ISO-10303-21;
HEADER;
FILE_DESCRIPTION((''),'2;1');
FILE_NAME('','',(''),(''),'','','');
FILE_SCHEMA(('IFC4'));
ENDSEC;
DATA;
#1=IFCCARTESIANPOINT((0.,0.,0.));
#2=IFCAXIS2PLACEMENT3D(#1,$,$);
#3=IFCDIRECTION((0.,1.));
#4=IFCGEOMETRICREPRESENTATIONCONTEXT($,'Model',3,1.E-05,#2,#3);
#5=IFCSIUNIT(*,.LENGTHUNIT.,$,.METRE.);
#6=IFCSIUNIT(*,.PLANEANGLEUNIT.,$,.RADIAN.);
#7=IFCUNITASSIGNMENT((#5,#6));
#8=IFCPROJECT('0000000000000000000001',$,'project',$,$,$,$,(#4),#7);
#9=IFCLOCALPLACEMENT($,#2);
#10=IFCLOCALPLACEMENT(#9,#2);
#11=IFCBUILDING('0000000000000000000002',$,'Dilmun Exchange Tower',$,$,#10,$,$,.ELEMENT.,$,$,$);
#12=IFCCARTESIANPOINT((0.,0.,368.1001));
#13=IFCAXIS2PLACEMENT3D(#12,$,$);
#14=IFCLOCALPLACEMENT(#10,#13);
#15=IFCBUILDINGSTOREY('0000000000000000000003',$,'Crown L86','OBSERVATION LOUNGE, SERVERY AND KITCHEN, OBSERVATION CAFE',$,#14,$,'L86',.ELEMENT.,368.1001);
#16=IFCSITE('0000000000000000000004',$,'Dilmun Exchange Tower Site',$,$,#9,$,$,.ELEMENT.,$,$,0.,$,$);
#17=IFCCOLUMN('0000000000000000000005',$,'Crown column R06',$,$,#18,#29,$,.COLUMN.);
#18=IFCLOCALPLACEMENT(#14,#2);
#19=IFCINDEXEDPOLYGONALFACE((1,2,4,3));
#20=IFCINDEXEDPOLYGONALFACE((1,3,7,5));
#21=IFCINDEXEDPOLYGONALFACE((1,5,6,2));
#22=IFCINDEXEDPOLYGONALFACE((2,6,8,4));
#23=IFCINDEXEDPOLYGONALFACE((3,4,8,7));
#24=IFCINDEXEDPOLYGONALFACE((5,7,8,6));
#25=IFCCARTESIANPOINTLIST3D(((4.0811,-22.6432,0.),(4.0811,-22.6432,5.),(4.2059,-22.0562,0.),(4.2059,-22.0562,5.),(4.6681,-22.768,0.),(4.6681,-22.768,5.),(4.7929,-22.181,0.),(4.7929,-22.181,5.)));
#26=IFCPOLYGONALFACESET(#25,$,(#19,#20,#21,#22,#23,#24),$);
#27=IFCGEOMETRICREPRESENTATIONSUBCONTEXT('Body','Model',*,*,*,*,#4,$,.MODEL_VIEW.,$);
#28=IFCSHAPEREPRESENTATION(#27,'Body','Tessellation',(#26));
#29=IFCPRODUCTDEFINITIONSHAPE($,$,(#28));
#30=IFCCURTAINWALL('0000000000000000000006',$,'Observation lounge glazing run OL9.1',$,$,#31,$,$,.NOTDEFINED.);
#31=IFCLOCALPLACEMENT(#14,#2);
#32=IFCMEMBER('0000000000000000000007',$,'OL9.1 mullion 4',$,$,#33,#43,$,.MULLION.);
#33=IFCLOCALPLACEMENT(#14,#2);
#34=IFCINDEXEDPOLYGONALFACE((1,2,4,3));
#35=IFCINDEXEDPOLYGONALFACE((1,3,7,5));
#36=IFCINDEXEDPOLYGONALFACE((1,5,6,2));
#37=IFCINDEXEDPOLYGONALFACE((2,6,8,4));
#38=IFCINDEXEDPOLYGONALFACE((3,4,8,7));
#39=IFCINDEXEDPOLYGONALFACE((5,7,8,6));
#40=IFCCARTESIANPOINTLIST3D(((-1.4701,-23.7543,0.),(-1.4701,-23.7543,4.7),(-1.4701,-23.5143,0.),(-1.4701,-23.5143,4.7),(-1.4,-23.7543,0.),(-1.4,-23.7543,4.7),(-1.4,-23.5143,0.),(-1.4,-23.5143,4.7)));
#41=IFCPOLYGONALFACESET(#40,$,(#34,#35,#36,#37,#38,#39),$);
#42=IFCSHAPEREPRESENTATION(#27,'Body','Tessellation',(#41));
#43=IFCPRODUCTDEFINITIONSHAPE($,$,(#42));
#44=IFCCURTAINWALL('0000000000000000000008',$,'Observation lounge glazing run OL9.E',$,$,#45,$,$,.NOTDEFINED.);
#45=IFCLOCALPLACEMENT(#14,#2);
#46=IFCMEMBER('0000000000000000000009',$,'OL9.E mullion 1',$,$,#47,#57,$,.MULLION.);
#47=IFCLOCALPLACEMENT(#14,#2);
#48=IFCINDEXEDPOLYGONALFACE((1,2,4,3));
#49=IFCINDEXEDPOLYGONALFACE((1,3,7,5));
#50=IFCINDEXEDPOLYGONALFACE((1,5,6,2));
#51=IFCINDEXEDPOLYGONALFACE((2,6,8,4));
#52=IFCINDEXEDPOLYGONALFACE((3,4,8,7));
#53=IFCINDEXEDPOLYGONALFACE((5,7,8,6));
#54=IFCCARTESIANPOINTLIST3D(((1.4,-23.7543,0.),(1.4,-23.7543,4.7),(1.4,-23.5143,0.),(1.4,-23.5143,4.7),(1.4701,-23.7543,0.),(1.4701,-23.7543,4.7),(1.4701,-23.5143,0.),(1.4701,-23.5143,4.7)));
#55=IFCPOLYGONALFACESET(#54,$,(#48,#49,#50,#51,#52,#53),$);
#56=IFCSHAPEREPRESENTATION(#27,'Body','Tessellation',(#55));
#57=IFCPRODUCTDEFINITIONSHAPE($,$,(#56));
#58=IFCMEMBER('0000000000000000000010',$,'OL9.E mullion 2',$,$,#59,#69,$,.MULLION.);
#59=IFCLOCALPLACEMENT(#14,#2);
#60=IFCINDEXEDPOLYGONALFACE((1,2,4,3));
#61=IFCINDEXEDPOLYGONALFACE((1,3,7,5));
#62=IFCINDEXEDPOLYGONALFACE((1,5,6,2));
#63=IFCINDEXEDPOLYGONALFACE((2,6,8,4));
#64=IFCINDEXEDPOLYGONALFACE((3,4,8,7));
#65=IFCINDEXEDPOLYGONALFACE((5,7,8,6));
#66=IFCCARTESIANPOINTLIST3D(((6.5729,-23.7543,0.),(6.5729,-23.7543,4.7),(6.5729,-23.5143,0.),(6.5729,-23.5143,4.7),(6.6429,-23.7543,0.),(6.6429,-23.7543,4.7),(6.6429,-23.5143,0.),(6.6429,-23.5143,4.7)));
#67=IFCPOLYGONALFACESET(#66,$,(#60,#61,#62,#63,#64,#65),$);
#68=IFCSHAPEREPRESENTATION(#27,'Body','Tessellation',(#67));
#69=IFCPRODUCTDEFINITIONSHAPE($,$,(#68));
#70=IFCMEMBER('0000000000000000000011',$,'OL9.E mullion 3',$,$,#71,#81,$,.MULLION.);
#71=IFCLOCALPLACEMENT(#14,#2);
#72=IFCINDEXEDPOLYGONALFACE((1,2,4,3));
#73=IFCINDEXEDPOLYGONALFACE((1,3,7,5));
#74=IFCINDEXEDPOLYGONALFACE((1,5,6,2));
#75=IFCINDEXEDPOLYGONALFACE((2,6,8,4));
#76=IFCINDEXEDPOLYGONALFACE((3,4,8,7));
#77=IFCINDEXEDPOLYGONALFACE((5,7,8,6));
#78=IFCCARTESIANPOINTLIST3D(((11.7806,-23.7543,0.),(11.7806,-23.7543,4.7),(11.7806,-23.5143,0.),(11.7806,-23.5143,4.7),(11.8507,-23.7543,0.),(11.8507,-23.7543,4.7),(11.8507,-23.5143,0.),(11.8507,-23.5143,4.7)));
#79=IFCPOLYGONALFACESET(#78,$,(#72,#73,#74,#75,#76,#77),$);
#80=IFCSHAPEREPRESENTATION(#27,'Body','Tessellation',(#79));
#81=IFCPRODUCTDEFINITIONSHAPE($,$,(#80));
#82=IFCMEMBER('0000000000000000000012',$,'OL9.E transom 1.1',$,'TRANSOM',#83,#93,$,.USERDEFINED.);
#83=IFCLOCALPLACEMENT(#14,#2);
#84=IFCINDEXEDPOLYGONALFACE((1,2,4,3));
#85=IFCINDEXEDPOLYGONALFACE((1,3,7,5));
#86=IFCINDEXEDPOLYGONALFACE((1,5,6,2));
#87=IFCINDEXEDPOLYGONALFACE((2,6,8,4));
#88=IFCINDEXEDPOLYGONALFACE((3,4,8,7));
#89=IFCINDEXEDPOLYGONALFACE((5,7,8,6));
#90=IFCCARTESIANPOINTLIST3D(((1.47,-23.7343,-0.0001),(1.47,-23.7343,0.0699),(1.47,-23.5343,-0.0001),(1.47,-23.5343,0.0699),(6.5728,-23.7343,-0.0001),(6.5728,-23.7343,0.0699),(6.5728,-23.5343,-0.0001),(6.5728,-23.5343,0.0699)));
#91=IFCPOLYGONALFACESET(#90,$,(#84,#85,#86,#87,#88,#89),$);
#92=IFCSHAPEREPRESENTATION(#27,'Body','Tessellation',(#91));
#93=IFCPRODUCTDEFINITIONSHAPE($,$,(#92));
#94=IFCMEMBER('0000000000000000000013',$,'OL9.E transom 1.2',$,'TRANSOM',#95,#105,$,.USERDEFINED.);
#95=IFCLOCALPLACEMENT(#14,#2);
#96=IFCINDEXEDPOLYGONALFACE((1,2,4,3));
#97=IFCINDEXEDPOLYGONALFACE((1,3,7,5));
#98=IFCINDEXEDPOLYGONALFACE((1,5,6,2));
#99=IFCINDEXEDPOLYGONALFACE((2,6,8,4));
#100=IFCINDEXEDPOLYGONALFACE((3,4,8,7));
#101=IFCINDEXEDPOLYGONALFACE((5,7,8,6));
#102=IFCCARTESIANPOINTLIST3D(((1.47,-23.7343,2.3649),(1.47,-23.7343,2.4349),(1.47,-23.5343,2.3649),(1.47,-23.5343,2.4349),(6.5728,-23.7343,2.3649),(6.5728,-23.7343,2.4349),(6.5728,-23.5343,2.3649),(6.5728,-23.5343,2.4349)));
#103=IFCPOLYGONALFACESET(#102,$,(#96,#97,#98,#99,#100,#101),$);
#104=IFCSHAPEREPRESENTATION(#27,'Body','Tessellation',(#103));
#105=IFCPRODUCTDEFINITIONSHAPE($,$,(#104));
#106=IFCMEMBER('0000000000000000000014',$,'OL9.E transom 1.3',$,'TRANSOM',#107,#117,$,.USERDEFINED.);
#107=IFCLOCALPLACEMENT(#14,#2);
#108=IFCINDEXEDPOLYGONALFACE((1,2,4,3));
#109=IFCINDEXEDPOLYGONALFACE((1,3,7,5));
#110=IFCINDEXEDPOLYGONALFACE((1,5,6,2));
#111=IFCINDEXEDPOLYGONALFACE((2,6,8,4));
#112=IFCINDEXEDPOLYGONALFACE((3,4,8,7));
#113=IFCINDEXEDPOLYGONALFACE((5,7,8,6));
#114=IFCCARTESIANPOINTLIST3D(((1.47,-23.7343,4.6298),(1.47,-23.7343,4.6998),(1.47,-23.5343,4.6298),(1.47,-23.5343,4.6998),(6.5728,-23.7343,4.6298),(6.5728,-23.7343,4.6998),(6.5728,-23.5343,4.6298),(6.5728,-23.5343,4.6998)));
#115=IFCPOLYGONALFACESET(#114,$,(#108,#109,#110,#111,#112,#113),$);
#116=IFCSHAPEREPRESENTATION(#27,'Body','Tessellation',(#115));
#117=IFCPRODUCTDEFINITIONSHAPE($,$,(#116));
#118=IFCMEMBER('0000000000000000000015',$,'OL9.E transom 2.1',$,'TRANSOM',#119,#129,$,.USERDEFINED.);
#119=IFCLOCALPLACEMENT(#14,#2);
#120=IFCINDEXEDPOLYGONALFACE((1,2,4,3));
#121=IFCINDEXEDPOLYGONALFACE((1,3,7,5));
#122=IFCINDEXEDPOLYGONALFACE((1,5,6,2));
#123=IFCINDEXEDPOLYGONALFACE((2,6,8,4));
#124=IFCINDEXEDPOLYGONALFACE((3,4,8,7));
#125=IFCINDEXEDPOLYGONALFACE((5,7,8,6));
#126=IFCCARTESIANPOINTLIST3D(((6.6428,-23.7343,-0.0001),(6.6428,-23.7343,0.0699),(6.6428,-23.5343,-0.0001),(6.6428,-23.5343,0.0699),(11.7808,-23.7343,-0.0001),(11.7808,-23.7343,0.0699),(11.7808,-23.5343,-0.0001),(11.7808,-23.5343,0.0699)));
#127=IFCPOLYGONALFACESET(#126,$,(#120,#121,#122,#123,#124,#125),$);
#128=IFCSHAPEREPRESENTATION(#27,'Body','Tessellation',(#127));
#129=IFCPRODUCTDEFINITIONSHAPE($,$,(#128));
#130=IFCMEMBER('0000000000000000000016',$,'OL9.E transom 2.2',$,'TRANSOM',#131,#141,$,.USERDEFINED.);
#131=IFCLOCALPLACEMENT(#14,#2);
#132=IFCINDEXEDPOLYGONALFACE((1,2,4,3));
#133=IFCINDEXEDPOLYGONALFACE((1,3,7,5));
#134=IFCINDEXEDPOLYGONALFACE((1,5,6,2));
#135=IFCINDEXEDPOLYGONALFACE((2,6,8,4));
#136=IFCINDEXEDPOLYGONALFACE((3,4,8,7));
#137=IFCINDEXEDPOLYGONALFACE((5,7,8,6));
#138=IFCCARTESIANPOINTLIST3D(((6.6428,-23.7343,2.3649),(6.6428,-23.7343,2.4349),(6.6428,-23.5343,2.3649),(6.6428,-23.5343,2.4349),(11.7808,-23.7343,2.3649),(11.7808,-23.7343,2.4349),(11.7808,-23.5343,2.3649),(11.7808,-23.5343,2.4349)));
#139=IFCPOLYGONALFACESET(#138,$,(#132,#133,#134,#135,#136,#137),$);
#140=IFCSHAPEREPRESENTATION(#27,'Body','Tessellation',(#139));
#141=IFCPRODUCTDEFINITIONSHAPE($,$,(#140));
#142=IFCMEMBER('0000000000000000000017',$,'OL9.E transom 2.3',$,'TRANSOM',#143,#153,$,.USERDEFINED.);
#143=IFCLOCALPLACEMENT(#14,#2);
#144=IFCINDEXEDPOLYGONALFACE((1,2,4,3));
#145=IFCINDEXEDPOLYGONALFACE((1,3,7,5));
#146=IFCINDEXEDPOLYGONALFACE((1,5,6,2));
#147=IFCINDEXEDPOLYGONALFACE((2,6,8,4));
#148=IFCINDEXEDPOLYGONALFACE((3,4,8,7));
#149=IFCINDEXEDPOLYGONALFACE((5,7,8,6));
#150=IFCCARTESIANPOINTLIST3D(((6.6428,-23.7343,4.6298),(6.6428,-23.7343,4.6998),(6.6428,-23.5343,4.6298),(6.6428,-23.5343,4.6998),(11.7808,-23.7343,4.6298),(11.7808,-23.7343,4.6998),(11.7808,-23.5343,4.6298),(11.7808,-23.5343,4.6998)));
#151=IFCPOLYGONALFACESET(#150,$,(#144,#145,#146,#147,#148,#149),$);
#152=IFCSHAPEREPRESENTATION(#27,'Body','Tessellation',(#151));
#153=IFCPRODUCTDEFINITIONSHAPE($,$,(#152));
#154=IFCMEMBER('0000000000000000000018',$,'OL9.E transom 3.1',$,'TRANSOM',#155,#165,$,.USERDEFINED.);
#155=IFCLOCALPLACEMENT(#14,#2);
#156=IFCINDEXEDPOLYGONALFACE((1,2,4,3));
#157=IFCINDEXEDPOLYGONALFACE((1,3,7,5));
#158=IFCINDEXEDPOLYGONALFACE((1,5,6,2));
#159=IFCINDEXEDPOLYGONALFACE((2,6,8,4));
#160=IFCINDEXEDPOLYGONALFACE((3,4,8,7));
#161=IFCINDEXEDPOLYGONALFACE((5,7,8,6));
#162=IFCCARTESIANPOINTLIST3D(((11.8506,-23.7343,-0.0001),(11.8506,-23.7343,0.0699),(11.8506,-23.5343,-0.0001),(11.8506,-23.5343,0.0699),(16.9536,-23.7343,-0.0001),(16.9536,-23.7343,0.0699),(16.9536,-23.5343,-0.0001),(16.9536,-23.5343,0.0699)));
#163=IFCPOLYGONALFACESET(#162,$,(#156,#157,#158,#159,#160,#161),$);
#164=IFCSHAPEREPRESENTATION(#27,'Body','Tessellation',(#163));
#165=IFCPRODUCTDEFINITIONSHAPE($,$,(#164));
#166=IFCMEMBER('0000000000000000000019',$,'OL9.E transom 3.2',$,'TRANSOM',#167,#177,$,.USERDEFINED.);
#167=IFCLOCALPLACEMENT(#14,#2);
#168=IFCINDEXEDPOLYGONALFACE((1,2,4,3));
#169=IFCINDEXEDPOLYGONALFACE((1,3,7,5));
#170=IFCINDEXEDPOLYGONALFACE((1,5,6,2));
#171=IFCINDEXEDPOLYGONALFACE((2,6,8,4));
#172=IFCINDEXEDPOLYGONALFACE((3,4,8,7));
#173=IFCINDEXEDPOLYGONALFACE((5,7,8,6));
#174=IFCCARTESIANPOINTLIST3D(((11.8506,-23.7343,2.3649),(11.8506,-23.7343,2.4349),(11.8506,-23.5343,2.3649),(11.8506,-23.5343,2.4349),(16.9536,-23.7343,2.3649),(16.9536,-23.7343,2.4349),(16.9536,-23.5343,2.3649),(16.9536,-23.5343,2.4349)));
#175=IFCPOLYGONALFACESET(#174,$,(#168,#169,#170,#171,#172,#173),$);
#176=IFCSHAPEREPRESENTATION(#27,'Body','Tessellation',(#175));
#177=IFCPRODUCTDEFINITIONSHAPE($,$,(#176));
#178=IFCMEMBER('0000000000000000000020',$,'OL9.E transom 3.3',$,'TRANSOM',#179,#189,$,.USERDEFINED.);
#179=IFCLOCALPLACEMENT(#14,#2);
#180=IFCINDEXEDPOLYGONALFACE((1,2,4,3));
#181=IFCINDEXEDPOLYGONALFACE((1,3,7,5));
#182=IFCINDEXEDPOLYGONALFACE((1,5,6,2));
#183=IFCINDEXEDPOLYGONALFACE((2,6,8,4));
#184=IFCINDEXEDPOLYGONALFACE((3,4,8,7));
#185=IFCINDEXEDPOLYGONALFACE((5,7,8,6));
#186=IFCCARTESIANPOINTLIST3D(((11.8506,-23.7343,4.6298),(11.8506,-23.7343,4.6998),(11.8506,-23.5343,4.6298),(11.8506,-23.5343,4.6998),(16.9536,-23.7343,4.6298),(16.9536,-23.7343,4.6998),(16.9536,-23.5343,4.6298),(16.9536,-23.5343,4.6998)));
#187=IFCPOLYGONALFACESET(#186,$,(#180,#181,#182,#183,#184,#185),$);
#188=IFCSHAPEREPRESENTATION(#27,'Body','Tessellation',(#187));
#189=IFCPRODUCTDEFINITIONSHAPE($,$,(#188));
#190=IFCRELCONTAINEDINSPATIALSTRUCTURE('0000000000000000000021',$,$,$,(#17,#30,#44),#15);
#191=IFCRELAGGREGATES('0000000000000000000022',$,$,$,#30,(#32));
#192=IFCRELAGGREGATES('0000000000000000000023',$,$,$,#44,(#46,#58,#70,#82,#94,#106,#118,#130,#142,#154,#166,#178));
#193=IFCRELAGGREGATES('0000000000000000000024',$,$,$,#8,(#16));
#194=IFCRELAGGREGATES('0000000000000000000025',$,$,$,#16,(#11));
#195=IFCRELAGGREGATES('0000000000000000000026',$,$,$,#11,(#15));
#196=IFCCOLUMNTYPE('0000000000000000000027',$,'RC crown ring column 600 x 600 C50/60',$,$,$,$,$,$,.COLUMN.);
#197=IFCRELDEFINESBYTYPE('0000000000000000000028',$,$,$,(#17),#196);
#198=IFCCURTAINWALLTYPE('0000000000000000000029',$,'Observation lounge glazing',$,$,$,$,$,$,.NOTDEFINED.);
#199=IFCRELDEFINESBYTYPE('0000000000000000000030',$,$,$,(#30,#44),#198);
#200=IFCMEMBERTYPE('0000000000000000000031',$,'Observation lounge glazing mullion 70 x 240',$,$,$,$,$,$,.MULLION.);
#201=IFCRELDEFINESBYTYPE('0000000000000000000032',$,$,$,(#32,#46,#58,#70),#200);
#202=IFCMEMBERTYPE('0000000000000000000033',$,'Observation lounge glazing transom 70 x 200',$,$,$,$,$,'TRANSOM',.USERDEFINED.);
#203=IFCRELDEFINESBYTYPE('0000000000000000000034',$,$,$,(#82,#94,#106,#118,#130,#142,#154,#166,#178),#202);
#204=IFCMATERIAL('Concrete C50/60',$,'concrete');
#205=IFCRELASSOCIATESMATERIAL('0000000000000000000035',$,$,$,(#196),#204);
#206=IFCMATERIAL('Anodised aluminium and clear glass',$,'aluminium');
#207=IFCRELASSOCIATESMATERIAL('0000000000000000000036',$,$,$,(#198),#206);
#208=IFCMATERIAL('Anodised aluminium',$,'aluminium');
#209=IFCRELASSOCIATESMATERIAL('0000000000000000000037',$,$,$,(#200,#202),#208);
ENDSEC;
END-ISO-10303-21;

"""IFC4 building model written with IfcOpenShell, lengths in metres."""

from ifc_helpers import new_model, si_unit, direction, frame, origin, origin_2d, place, context, subcontext, project, spatial, rectangle, extrude, material, material_profile, profile_set, type_object, element, aggregate, save


model = new_model("IFC4")

# Units and contexts
model_context = context("Model", 3, precision=1e-05, world=origin(), true_north=direction((0.0, 1.0)))
body_context = subcontext(model_context, "Body", "Model", "MODEL_VIEW")
ifc_project = project(units=[si_unit("LENGTHUNIT", "METRE"), si_unit("PLANEANGLEUNIT", "RADIAN")], contexts=[model_context])

# Site, building, storey
site_placement = place(None, origin())
site = spatial("IfcSite", under=ifc_project, at=site_placement, Name="Dilmun Exchange Tower Site", CompositionType="ELEMENT", RefElevation=0.0)
building_placement = place(site_placement, origin())
building = spatial("IfcBuilding", under=site, at=building_placement, Name="Dilmun Exchange Tower", CompositionType="ELEMENT")
storey_placement = place(building_placement, frame((0.0, 0.0, 368.1001)))
storey = spatial("IfcBuildingStorey", under=building, at=storey_placement, Name="Crown L86", Description="OBSERVATION LOUNGE, SERVERY AND KITCHEN, OBSERVATION CAFE", LongName="L86", CompositionType="ELEMENT", Elevation=368.1001)

# Column
ifc_material_1 = material(Name="Concrete C50/60", Category="concrete")
ifc_material_profile_1 = material_profile(ifc_material_1, rectangle(XDim=0.6001, YDim=0.6001, at=origin_2d()), Name="600 x 600")
ifc_profile_set_1 = profile_set([ifc_material_profile_1], Name="Concrete C50/60")
column_type = type_object("IfcColumnType", Name="RC crown ring column 600 x 600 C50/60", PredefinedType="COLUMN", material=ifc_profile_set_1)
column_placement = place(storey_placement, frame((4.437, -22.4121, 0.0), z_axis=(0.0, 0.0, 1.0), x_axis=(0.207912, 0.978148, 0.0)))
element("IfcColumn", 1, at=column_placement, inside=storey, type_object=column_type, Name="Crown column R06", PredefinedType="COLUMN", context=body_context, shape_type="SweptSolid", body=[
    extrude(rectangle(XDim=0.6001, YDim=0.6001, at=origin_2d()), origin(), (0.0, 0.0, 1.0), 5.0),
])

# Curtain wall, member
ifc_material_2 = material(Name="Anodised aluminium and clear glass", Category="aluminium")
curtain_wall_type = type_object("IfcCurtainWallType", Name="Observation lounge glazing", PredefinedType="NOTDEFINED", material=ifc_material_2)
curtain_wall_1_placement = place(storey_placement, origin())
curtain_wall_1 = element("IfcCurtainWall", 2, at=curtain_wall_1_placement, inside=storey, type_object=curtain_wall_type, Name="Observation lounge glazing run OL9.1", PredefinedType="NOTDEFINED")
ifc_material_3 = material(Name="Anodised aluminium", Category="aluminium")
ifc_material_profile_2 = material_profile(ifc_material_3, rectangle(XDim=0.24, YDim=0.0701, at=origin_2d()), Name="AL 70x240")
ifc_profile_set_2 = profile_set([ifc_material_profile_2], Name="Anodised aluminium")
member_type_1 = type_object("IfcMemberType", Name="Observation lounge glazing mullion 70 x 240", PredefinedType="MULLION", material=ifc_profile_set_2)
member_1_placement = place(storey_placement, frame((-1.4351, -23.6343, 0.0), z_axis=(0.0, 0.0, 1.0), x_axis=(0.0, 1.0, 0.0)))
member_1 = element("IfcMember", 3, at=member_1_placement, type_object=member_type_1, Name="OL9.1 mullion 4", PredefinedType="MULLION", context=body_context, shape_type="SweptSolid", body=[
    extrude(rectangle(XDim=0.24, YDim=0.0701, at=origin_2d()), origin(), (0.0, 0.0, 1.0), 4.7),
])

# Curtain wall, members
curtain_wall_2_placement = place(storey_placement, origin())
curtain_wall_2 = element("IfcCurtainWall", 4, at=curtain_wall_2_placement, inside=storey, type_object=curtain_wall_type, Name="Observation lounge glazing run OL9.E", PredefinedType="NOTDEFINED")
member_2_placement = place(storey_placement, frame((1.4351, -23.6343, 0.0), z_axis=(0.0, 0.0, 1.0), x_axis=(0.0, 1.0, 0.0)))
member_2 = element("IfcMember", 5, at=member_2_placement, type_object=member_type_1, Name="OL9.E mullion 1", PredefinedType="MULLION", context=body_context, shape_type="SweptSolid", body=[
    extrude(rectangle(XDim=0.24, YDim=0.0701, at=origin_2d()), origin(), (0.0, 0.0, 1.0), 4.7),
])
member_3_placement = place(storey_placement, frame((6.6079, -23.6343, 0.0), z_axis=(0.0, 0.0, 1.0), x_axis=(0.0, 1.0, 0.0)))
member_3 = element("IfcMember", 6, at=member_3_placement, type_object=member_type_1, Name="OL9.E mullion 2", PredefinedType="MULLION", context=body_context, shape_type="SweptSolid", body=[
    extrude(rectangle(XDim=0.24, YDim=0.0701, at=origin_2d()), origin(), (0.0, 0.0, 1.0), 4.7),
])
member_4_placement = place(storey_placement, frame((11.8157, -23.6343, 0.0), z_axis=(0.0, 0.0, 1.0), x_axis=(0.0, 1.0, 0.0)))
member_4 = element("IfcMember", 7, at=member_4_placement, type_object=member_type_1, Name="OL9.E mullion 3", PredefinedType="MULLION", context=body_context, shape_type="SweptSolid", body=[
    extrude(rectangle(XDim=0.24, YDim=0.0701, at=origin_2d()), origin(), (0.0, 0.0, 1.0), 4.7),
])
ifc_material_profile_3 = material_profile(ifc_material_3, rectangle(XDim=0.2, YDim=0.0701, at=origin_2d()), Name="AL 70x200")
ifc_profile_set_3 = profile_set([ifc_material_profile_3], Name="Anodised aluminium")
member_type_2 = type_object("IfcMemberType", Name="Observation lounge glazing transom 70 x 200", ElementType="TRANSOM", PredefinedType="USERDEFINED", material=ifc_profile_set_3)
member_5_placement = place(storey_placement, frame((1.47, -23.6343, 0.0349), z_axis=(1.0, 0.0, 0.0), x_axis=(0.0, 1.0, 0.0)))
member_5 = element("IfcMember", 8, at=member_5_placement, type_object=member_type_2, Name="OL9.E transom 1.1", ObjectType="TRANSOM", PredefinedType="USERDEFINED", context=body_context, shape_type="SweptSolid", body=[
    extrude(rectangle(XDim=0.2, YDim=0.0701, at=origin_2d()), origin(), (0.0, 0.0, 1.0), 5.1028),
])
member_6_placement = place(storey_placement, frame((1.47, -23.6343, 2.3999), z_axis=(1.0, 0.0, 0.0), x_axis=(0.0, 1.0, 0.0)))
member_6 = element("IfcMember", 9, at=member_6_placement, type_object=member_type_2, Name="OL9.E transom 1.2", ObjectType="TRANSOM", PredefinedType="USERDEFINED", context=body_context, shape_type="SweptSolid", body=[
    extrude(rectangle(XDim=0.2, YDim=0.0701, at=origin_2d()), origin(), (0.0, 0.0, 1.0), 5.1028),
])
member_7_placement = place(storey_placement, frame((1.47, -23.6343, 4.6648), z_axis=(1.0, 0.0, 0.0), x_axis=(0.0, 1.0, 0.0)))
member_7 = element("IfcMember", 10, at=member_7_placement, type_object=member_type_2, Name="OL9.E transom 1.3", ObjectType="TRANSOM", PredefinedType="USERDEFINED", context=body_context, shape_type="SweptSolid", body=[
    extrude(rectangle(XDim=0.2, YDim=0.0701, at=origin_2d()), origin(), (0.0, 0.0, 1.0), 5.1028),
])
member_8_placement = place(storey_placement, frame((6.6428, -23.6343, 0.0349), z_axis=(1.0, 0.0, 0.0), x_axis=(0.0, 1.0, 0.0)))
member_8 = element("IfcMember", 11, at=member_8_placement, type_object=member_type_2, Name="OL9.E transom 2.1", ObjectType="TRANSOM", PredefinedType="USERDEFINED", context=body_context, shape_type="SweptSolid", body=[
    extrude(rectangle(XDim=0.2, YDim=0.0701, at=origin_2d()), origin(), (0.0, 0.0, 1.0), 5.1379),
])
member_9_placement = place(storey_placement, frame((6.6428, -23.6343, 2.3999), z_axis=(1.0, 0.0, 0.0), x_axis=(0.0, 1.0, 0.0)))
member_9 = element("IfcMember", 12, at=member_9_placement, type_object=member_type_2, Name="OL9.E transom 2.2", ObjectType="TRANSOM", PredefinedType="USERDEFINED", context=body_context, shape_type="SweptSolid", body=[
    extrude(rectangle(XDim=0.2, YDim=0.0701, at=origin_2d()), origin(), (0.0, 0.0, 1.0), 5.1379),
])
member_10_placement = place(storey_placement, frame((6.6428, -23.6343, 4.6648), z_axis=(1.0, 0.0, 0.0), x_axis=(0.0, 1.0, 0.0)))
member_10 = element("IfcMember", 13, at=member_10_placement, type_object=member_type_2, Name="OL9.E transom 2.3", ObjectType="TRANSOM", PredefinedType="USERDEFINED", context=body_context, shape_type="SweptSolid", body=[
    extrude(rectangle(XDim=0.2, YDim=0.0701, at=origin_2d()), origin(), (0.0, 0.0, 1.0), 5.1379),
])
member_11_placement = place(storey_placement, frame((11.8506, -23.6343, 0.0349), z_axis=(1.0, 0.0, 0.0), x_axis=(0.0, 1.0, 0.0)))
member_11 = element("IfcMember", 14, at=member_11_placement, type_object=member_type_2, Name="OL9.E transom 3.1", ObjectType="TRANSOM", PredefinedType="USERDEFINED", context=body_context, shape_type="SweptSolid", body=[
    extrude(rectangle(XDim=0.2, YDim=0.0701, at=origin_2d()), origin(), (0.0, 0.0, 1.0), 5.103),
])
member_12_placement = place(storey_placement, frame((11.8506, -23.6343, 2.3999), z_axis=(1.0, 0.0, 0.0), x_axis=(0.0, 1.0, 0.0)))
member_12 = element("IfcMember", 15, at=member_12_placement, type_object=member_type_2, Name="OL9.E transom 3.2", ObjectType="TRANSOM", PredefinedType="USERDEFINED", context=body_context, shape_type="SweptSolid", body=[
    extrude(rectangle(XDim=0.2, YDim=0.0701, at=origin_2d()), origin(), (0.0, 0.0, 1.0), 5.103),
])
member_13_placement = place(storey_placement, frame((11.8506, -23.6343, 4.6648), z_axis=(1.0, 0.0, 0.0), x_axis=(0.0, 1.0, 0.0)))
member_13 = element("IfcMember", 16, at=member_13_placement, type_object=member_type_2, Name="OL9.E transom 3.3", ObjectType="TRANSOM", PredefinedType="USERDEFINED", context=body_context, shape_type="SweptSolid", body=[
    extrude(rectangle(XDim=0.2, YDim=0.0701, at=origin_2d()), origin(), (0.0, 0.0, 1.0), 5.103),
])

aggregate(curtain_wall_1, [member_1])
aggregate(curtain_wall_2, [member_2, member_3, member_4, member_5, member_6, member_7, member_8, member_9, member_10, member_11, member_12, member_13])

save(model, "model.ifc")
